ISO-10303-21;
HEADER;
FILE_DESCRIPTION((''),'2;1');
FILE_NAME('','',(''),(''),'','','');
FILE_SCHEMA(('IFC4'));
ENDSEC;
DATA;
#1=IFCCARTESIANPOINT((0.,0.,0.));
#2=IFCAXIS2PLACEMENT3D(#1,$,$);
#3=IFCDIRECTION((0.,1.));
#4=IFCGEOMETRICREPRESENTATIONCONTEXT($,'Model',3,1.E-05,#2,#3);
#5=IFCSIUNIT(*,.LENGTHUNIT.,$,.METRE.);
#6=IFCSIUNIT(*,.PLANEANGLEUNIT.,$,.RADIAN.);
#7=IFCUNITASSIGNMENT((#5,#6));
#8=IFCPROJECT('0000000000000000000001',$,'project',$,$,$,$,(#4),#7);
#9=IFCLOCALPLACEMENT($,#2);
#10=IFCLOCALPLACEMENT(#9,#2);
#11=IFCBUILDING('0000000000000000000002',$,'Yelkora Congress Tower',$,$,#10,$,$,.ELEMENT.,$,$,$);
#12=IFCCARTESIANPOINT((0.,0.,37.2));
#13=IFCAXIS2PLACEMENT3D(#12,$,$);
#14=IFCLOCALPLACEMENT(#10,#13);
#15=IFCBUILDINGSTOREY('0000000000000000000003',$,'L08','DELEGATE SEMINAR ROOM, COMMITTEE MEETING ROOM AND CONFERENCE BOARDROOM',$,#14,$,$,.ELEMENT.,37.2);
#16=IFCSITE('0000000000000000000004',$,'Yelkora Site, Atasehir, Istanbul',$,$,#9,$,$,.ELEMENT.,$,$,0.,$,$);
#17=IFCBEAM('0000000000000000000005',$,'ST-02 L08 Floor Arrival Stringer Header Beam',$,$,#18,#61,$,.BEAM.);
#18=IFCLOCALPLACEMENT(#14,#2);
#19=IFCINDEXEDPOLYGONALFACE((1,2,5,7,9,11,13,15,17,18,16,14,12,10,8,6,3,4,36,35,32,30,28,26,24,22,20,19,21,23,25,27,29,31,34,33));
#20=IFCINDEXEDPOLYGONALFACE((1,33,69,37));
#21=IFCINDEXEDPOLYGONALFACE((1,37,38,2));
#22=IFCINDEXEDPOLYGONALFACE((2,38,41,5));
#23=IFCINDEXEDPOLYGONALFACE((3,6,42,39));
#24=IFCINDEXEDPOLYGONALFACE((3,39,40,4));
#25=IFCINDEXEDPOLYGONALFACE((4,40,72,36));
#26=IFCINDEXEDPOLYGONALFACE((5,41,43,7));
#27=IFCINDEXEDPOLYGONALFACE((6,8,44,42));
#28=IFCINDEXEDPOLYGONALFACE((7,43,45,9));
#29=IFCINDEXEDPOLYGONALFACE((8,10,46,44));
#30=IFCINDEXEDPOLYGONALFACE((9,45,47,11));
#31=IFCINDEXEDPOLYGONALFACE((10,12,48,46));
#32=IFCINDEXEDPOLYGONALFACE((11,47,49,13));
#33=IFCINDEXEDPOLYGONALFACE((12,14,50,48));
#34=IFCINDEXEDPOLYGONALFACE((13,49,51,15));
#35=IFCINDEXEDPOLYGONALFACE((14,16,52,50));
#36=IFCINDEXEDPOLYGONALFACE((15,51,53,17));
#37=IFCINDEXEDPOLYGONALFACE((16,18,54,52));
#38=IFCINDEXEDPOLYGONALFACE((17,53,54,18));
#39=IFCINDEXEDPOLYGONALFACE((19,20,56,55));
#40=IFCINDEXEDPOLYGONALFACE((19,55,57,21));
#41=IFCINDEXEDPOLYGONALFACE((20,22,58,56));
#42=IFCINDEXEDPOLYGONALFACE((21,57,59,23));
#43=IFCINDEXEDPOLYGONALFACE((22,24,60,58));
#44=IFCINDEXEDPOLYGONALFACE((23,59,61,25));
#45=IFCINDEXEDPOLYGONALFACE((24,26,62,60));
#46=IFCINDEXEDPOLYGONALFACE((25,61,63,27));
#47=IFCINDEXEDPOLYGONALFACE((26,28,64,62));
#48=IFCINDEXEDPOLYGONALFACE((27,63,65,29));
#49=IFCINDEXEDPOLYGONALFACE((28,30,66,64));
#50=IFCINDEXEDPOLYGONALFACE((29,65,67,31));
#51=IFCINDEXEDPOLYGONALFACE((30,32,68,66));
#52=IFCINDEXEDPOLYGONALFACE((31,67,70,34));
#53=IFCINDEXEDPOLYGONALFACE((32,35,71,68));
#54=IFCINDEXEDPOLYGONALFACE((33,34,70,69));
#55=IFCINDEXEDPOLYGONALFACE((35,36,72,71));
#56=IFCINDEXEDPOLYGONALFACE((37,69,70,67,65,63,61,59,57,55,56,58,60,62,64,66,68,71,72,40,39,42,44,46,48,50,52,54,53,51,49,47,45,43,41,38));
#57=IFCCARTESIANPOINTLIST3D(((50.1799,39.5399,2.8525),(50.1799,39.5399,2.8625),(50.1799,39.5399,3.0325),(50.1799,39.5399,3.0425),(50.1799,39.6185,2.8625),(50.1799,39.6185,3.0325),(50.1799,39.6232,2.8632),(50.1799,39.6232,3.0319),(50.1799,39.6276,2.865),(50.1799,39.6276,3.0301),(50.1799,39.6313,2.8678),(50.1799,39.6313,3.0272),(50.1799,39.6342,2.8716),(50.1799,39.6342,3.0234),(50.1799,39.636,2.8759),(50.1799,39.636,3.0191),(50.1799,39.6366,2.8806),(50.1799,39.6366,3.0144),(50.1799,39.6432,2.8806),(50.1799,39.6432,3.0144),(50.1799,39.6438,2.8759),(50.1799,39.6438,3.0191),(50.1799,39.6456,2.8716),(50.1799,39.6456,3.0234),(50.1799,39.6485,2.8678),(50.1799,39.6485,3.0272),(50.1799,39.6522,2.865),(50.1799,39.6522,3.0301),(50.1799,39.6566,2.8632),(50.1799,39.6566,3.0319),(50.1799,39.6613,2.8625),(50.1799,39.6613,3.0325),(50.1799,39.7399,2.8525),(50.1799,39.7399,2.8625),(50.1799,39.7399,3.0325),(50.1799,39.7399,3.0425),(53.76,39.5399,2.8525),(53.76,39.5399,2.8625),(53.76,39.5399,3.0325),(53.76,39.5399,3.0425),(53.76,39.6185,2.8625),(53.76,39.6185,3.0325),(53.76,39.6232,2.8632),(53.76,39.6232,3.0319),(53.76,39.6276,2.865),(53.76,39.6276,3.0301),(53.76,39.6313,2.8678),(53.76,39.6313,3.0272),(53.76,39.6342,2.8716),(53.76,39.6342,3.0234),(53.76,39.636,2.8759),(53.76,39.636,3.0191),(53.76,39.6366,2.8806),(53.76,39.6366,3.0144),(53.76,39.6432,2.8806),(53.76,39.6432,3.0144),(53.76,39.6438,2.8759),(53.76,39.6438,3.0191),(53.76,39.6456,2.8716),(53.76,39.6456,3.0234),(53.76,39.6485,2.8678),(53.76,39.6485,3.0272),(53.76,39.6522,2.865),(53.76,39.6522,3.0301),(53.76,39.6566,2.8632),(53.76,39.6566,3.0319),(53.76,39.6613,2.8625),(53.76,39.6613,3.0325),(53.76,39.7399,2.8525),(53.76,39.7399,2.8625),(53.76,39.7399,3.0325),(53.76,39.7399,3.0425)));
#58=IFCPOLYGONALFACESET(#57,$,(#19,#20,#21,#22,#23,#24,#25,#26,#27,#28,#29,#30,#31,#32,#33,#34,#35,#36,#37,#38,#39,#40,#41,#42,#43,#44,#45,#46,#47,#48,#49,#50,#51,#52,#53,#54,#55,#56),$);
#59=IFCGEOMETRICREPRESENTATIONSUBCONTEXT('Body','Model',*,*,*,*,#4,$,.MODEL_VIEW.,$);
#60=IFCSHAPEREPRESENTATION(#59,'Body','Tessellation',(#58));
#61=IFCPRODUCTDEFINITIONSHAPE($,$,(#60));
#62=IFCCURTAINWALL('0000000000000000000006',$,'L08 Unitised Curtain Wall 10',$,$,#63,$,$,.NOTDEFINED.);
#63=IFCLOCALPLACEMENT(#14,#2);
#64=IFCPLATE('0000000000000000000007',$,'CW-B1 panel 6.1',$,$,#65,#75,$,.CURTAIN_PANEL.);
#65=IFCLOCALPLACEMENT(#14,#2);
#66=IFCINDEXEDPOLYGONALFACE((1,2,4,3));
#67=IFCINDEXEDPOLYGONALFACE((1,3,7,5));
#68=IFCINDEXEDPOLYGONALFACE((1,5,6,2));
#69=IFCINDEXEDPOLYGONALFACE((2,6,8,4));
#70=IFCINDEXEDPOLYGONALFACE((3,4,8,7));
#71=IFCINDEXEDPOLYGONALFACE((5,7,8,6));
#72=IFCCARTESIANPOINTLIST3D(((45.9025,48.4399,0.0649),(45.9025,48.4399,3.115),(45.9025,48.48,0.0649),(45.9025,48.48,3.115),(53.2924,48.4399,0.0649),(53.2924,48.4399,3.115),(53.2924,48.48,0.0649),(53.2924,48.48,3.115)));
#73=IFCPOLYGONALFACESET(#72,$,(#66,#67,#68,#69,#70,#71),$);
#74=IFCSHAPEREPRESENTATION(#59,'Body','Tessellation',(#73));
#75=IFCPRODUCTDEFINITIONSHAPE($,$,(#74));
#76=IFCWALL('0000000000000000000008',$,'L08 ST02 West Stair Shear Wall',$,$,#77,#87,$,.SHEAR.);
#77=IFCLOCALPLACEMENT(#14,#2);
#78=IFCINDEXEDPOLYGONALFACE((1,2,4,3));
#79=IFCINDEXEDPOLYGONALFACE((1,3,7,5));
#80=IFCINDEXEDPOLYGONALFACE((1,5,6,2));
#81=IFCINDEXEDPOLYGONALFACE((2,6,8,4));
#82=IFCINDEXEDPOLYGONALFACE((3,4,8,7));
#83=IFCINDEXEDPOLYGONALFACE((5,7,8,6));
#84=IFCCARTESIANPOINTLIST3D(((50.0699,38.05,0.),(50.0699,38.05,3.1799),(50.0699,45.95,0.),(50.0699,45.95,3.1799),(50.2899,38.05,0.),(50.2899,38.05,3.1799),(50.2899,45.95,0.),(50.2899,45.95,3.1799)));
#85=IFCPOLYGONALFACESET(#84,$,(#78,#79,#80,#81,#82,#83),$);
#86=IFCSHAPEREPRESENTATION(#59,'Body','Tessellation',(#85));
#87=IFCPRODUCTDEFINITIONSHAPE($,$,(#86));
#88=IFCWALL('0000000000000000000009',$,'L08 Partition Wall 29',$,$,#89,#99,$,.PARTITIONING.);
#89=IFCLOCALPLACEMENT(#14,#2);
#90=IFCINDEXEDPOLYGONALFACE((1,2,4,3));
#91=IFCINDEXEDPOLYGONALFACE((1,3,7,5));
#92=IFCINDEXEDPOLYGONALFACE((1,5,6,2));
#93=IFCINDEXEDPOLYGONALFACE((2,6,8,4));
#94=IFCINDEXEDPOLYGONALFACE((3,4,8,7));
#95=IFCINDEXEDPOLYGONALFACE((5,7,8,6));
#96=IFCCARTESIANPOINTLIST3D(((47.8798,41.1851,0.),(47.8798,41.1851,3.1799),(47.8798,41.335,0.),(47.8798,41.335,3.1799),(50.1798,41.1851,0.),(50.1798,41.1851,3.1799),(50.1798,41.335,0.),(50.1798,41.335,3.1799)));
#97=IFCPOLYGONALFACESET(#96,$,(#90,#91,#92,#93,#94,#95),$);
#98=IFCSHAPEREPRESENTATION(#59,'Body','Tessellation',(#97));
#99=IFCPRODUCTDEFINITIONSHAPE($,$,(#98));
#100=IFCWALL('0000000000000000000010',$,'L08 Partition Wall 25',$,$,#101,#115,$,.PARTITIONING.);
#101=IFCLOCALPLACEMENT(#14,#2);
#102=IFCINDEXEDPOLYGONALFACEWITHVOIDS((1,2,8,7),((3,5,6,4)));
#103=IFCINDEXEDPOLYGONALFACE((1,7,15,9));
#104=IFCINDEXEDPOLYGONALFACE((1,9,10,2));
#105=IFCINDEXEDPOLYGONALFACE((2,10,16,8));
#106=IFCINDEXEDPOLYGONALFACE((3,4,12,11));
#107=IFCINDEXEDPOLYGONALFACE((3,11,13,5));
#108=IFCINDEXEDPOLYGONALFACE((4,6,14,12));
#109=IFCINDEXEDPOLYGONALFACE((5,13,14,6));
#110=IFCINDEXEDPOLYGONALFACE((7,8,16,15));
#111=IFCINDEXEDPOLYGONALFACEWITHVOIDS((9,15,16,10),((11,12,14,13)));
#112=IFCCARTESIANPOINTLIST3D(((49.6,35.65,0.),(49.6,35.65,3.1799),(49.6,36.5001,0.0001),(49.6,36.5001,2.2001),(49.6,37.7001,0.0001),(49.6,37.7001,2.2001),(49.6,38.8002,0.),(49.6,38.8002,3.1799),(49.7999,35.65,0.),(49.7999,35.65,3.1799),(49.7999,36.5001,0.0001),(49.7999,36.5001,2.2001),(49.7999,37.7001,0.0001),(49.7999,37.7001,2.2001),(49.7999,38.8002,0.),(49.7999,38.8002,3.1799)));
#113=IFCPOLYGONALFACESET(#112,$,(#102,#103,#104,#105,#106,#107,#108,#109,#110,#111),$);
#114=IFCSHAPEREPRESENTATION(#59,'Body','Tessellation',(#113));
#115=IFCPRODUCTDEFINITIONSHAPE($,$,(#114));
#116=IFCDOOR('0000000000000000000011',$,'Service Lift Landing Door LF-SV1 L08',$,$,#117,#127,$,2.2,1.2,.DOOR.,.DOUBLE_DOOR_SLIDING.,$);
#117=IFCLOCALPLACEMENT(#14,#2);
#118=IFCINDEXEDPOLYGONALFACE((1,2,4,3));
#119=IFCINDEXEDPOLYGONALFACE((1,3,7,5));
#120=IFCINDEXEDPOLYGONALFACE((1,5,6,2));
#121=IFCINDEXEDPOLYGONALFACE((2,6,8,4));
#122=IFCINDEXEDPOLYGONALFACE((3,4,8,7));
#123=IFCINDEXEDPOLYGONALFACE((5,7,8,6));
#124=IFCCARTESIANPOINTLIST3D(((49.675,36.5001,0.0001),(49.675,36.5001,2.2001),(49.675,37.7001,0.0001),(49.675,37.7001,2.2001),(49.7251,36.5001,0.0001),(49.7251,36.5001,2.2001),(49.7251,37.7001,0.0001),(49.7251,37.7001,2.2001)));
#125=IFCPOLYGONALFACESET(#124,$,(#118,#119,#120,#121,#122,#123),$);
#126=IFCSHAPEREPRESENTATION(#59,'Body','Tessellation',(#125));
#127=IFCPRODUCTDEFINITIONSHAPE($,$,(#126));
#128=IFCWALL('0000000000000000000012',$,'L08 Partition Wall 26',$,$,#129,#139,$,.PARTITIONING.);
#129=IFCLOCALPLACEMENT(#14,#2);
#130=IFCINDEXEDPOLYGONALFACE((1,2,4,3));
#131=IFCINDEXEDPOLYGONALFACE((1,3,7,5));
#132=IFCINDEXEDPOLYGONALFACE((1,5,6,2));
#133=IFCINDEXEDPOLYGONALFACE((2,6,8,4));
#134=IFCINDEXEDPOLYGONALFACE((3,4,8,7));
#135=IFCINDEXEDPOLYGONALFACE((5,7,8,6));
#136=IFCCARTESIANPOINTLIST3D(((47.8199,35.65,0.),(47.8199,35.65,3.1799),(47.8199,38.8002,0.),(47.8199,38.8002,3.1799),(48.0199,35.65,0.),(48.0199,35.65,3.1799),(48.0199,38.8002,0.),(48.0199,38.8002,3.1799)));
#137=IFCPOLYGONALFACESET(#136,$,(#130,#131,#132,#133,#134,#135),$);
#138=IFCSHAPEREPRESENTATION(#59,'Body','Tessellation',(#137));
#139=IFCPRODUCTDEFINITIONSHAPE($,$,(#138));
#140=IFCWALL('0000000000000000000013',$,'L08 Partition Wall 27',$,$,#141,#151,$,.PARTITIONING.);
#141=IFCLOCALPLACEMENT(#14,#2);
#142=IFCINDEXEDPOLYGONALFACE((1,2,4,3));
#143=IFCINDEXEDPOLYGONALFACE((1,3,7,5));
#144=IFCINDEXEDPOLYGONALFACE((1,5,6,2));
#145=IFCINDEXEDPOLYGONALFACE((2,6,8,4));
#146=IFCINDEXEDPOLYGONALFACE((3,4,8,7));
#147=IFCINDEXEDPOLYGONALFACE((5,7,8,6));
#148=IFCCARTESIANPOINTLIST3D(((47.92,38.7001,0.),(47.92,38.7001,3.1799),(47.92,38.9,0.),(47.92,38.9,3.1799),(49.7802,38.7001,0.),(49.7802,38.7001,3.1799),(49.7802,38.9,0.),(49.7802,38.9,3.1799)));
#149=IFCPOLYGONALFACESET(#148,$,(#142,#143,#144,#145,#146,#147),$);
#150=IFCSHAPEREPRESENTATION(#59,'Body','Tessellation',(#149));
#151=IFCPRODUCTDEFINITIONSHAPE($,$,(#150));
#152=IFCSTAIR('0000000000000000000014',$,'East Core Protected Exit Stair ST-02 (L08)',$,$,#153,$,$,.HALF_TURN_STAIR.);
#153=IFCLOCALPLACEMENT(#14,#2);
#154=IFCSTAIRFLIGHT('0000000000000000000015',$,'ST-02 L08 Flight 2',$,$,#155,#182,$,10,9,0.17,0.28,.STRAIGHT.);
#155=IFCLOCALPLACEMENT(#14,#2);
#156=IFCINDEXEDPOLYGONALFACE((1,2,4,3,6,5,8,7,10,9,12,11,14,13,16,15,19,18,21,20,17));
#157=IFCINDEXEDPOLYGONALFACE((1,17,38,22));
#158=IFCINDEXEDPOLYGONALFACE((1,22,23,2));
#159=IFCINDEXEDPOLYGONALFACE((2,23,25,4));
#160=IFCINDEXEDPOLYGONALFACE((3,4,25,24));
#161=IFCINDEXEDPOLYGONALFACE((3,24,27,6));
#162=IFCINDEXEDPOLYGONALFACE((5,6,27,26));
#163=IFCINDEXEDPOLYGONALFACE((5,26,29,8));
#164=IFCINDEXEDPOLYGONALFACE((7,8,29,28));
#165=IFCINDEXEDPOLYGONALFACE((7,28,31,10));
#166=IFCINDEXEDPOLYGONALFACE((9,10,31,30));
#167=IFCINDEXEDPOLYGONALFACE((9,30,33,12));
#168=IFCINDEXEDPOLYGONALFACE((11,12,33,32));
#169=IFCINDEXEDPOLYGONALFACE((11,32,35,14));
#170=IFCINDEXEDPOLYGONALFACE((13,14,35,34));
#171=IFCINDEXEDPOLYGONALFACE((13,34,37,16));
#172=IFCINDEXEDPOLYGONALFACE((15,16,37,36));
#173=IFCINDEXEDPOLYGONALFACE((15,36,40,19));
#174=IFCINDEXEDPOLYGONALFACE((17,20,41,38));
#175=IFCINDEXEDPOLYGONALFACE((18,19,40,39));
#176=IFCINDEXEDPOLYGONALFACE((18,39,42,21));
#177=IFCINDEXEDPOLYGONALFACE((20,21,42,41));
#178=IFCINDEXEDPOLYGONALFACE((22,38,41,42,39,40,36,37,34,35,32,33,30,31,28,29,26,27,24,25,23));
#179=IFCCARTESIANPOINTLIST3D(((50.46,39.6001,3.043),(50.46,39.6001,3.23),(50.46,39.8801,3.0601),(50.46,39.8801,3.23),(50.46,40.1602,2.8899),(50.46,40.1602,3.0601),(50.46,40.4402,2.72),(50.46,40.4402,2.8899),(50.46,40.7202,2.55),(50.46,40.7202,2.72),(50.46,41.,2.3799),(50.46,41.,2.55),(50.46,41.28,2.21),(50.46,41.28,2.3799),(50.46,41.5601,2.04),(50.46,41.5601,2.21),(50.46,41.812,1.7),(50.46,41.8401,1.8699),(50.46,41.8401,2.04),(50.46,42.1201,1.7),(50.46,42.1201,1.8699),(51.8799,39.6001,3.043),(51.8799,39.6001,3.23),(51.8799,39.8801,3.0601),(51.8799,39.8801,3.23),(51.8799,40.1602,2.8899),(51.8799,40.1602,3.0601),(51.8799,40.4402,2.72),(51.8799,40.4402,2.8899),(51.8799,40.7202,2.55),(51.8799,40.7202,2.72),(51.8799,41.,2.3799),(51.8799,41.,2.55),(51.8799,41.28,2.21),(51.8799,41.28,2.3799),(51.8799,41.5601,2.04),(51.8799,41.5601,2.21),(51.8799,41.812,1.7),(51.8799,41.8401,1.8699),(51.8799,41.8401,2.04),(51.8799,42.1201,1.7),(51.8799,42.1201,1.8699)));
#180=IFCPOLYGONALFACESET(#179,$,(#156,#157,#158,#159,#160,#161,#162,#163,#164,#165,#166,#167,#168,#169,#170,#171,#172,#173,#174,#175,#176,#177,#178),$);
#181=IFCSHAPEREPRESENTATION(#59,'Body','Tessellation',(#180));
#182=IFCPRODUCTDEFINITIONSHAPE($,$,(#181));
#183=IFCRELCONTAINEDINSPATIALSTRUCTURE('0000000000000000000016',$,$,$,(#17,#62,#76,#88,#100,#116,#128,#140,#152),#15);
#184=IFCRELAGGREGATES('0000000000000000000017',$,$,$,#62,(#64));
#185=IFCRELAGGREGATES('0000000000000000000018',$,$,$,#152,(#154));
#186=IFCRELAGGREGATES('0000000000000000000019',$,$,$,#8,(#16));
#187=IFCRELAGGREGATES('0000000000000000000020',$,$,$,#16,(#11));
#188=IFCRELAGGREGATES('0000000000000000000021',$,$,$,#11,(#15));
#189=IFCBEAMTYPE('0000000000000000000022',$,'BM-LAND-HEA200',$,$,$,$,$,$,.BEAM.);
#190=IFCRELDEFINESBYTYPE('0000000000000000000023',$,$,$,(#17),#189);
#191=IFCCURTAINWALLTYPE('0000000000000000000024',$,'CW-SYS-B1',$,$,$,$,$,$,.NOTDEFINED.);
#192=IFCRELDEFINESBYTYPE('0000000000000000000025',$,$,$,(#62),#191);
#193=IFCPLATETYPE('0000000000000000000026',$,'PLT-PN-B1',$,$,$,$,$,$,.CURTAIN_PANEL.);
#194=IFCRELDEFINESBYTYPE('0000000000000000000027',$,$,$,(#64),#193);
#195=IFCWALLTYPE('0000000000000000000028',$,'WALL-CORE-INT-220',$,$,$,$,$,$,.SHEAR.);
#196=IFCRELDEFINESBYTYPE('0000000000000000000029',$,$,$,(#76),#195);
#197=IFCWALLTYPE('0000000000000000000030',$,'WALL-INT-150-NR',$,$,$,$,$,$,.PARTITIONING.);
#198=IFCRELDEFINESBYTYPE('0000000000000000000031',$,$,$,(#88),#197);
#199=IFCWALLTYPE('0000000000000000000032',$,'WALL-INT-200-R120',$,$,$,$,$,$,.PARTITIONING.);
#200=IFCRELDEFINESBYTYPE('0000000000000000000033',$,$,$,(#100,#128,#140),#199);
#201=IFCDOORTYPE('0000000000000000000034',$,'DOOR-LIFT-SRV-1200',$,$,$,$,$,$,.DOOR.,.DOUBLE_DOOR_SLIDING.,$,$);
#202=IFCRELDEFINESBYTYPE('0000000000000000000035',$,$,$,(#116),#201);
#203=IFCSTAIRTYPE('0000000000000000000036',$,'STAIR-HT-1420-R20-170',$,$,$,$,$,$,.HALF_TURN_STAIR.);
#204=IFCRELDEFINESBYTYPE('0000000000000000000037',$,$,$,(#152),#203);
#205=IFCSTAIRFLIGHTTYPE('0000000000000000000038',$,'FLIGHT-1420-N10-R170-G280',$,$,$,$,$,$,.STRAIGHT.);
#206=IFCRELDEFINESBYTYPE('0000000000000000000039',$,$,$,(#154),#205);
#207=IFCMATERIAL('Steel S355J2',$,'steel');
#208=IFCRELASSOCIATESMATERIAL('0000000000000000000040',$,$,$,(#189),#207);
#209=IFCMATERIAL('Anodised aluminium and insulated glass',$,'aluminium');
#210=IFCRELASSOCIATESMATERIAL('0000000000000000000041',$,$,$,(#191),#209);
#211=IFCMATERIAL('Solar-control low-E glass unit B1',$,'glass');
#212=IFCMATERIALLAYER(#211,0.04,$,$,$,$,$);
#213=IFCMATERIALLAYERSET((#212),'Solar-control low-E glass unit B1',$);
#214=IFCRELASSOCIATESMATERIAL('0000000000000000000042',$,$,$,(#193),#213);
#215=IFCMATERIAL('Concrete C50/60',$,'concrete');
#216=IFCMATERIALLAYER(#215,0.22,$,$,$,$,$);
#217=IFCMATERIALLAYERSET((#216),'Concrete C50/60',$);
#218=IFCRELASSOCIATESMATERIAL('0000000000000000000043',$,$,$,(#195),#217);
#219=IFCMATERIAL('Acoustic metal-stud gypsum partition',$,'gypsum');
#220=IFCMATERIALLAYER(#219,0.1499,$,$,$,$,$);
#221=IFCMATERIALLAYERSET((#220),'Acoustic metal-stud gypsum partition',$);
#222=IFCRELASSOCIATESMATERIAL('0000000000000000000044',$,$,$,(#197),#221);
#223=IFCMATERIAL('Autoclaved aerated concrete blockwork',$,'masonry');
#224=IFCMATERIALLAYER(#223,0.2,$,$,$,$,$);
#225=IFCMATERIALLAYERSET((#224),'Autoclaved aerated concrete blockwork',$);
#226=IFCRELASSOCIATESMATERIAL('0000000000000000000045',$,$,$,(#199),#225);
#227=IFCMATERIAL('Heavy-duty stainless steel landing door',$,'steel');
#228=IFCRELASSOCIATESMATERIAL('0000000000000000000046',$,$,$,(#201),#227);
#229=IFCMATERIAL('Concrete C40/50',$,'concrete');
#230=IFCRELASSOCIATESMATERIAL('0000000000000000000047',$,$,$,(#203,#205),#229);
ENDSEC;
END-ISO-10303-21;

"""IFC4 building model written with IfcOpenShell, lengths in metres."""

from ifc_helpers import new_model, si_unit, direction, frame, frame_2d, origin, origin_2d, place, context, subcontext, project, spatial, polyline, rectangle, i_section, outline, extrude, material, layer, layer_set, material_profile, profile_set, type_object, element, fill, aggregate, save


model = new_model("IFC4")

# Units and contexts
model_context = context("Model", 3, precision=1e-05, world=origin(), true_north=direction((0.0, 1.0)))
body_context = subcontext(model_context, "Body", "Model", "MODEL_VIEW")
ifc_project = project(units=[si_unit("LENGTHUNIT", "METRE"), si_unit("PLANEANGLEUNIT", "RADIAN")], contexts=[model_context])

# Site, building, storey
site_placement = place(None, origin())
site = spatial("IfcSite", under=ifc_project, at=site_placement, Name="Yelkora Site, Atasehir, Istanbul", CompositionType="ELEMENT", RefElevation=0.0)
building_placement = place(site_placement, origin())
building = spatial("IfcBuilding", under=site, at=building_placement, Name="Yelkora Congress Tower", CompositionType="ELEMENT")
storey_placement = place(building_placement, frame((0.0, 0.0, 37.2)))
storey = spatial("IfcBuildingStorey", under=building, at=storey_placement, Name="L08", Description="DELEGATE SEMINAR ROOM, COMMITTEE MEETING ROOM AND CONFERENCE BOARDROOM", CompositionType="ELEMENT", Elevation=37.2)

# Beam
ifc_material_1 = material(Name="Steel S355J2", Category="steel")
ifc_material_profile_1 = material_profile(ifc_material_1, i_section(OverallWidth=0.2, OverallDepth=0.1899, WebThickness=0.0066, FlangeThickness=0.01, FilletRadius=0.0181, at=origin_2d()), Name="HEA 200")
ifc_profile_set_1 = profile_set([ifc_material_profile_1], Name="Steel S355J2")
beam_type = type_object("IfcBeamType", Name="BM-LAND-HEA200", PredefinedType="BEAM", material=ifc_profile_set_1)
beam_1_placement = place(storey_placement, frame((50.1799, 39.6399, 2.9475), z_axis=(1.0, 0.0, 0.0), x_axis=(0.0, 1.0, 0.0)))
element("IfcBeam", 1, at=beam_1_placement, inside=storey, type_object=beam_type, Name="ST-02 L08 Floor Arrival Stringer Header Beam", PredefinedType="BEAM", context=body_context, shape_type="SweptSolid", body=[
    extrude(i_section(OverallWidth=0.2, OverallDepth=0.1899, WebThickness=0.0066, FlangeThickness=0.01, FilletRadius=0.0181, at=origin_2d()), origin(), (0.0, 0.0, 1.0), 3.5801),
])

# Curtain wall, plate
ifc_material_2 = material(Name="Anodised aluminium and insulated glass", Category="aluminium")
curtain_wall_type = type_object("IfcCurtainWallType", Name="CW-SYS-B1", PredefinedType="NOTDEFINED", material=ifc_material_2)
curtain_wall_placement = place(storey_placement, origin())
curtain_wall = element("IfcCurtainWall", 2, at=curtain_wall_placement, inside=storey, type_object=curtain_wall_type, Name="L08 Unitised Curtain Wall 10", PredefinedType="NOTDEFINED")
ifc_material_3 = material(Name="Solar-control low-E glass unit B1", Category="glass")
ifc_layer_1 = layer(ifc_material_3, 0.04)
ifc_layer_set_1 = layer_set([ifc_layer_1], Name="Solar-control low-E glass unit B1")
plate_type = type_object("IfcPlateType", Name="PLT-PN-B1", PredefinedType="CURTAIN_PANEL", material=ifc_layer_set_1)
plate_placement = place(storey_placement, frame((49.5974, 48.46, 0.0649), z_axis=(0.0, 0.0, 1.0), x_axis=(1.0, 0.0, 0.0)))
plate = element("IfcPlate", 3, at=plate_placement, type_object=plate_type, Name="CW-B1 panel 6.1", PredefinedType="CURTAIN_PANEL", context=body_context, shape_type="SweptSolid", body=[
    extrude(rectangle(XDim=7.3899, YDim=0.04, at=origin_2d()), origin(), (0.0, 0.0, 1.0), 3.05),
])
aggregate(curtain_wall, [plate])

# Walls
ifc_material_4 = material(Name="Concrete C50/60", Category="concrete")
ifc_layer_2 = layer(ifc_material_4, 0.22)
ifc_layer_set_2 = layer_set([ifc_layer_2], Name="Concrete C50/60")
wall_type_1 = type_object("IfcWallType", Name="WALL-CORE-INT-220", PredefinedType="SHEAR", material=ifc_layer_set_2)
wall_1_placement = place(storey_placement, frame((50.1799, 38.05, 0.0), z_axis=(0.0, 0.0, 1.0), x_axis=(0.0, 1.0, 0.0)))
element("IfcWall", 4, at=wall_1_placement, inside=storey, type_object=wall_type_1, Name="L08 ST02 West Stair Shear Wall", PredefinedType="SHEAR", context=body_context, shape_type="SweptSolid", body=[
    extrude(rectangle(XDim=7.8999, YDim=0.22, at=frame_2d((3.95, 0.0))), origin(), (0.0, 0.0, 1.0), 3.1799),
])
ifc_material_5 = material(Name="Acoustic metal-stud gypsum partition", Category="gypsum")
ifc_layer_3 = layer(ifc_material_5, 0.1499)
ifc_layer_set_3 = layer_set([ifc_layer_3], Name="Acoustic metal-stud gypsum partition")
wall_type_2 = type_object("IfcWallType", Name="WALL-INT-150-NR", PredefinedType="PARTITIONING", material=ifc_layer_set_3)
wall_2_placement = place(storey_placement, frame((47.8799, 41.26, 0.0), z_axis=(0.0, 0.0, 1.0), x_axis=(1.0, 0.0, 0.0)))
element("IfcWall", 5, at=wall_2_placement, inside=storey, type_object=wall_type_2, Name="L08 Partition Wall 29", PredefinedType="PARTITIONING", context=body_context, shape_type="SweptSolid", body=[
    extrude(rectangle(XDim=2.3, YDim=0.1499, at=frame_2d((1.1499, 0.0))), origin(), (0.0, 0.0, 1.0), 3.1799),
])

# Wall, opening, door
ifc_material_6 = material(Name="Autoclaved aerated concrete blockwork", Category="masonry")
ifc_layer_4 = layer(ifc_material_6, 0.2)
ifc_layer_set_4 = layer_set([ifc_layer_4], Name="Autoclaved aerated concrete blockwork")
wall_type_3 = type_object("IfcWallType", Name="WALL-INT-200-R120", PredefinedType="PARTITIONING", material=ifc_layer_set_4)
wall_3_placement = place(storey_placement, frame((49.7, 35.6499, 0.0), z_axis=(0.0, 0.0, 1.0), x_axis=(0.0, 1.0, 0.0)))
wall_3 = element("IfcWall", 6, at=wall_3_placement, inside=storey, type_object=wall_type_3, Name="L08 Partition Wall 25", PredefinedType="PARTITIONING", context=body_context, shape_type="SweptSolid", body=[
    extrude(rectangle(XDim=3.1501, YDim=0.2, at=frame_2d((1.5752, 0.0))), origin(), (0.0, 0.0, 1.0), 3.1799),
])
opening_1_placement = place(wall_3_placement, frame((0.8501, 0.0, 0.0)))
opening_1 = element("IfcOpeningElement", 7, at=opening_1_placement, cuts=wall_3, PredefinedType="OPENING", context=body_context, shape_type="SweptSolid", body=[
    extrude(rectangle(XDim=1.2, YDim=2.2, at=frame_2d((0.6001, 1.1001))), frame((0.0, 0.1099, 0.0), z_axis=(0.0, -1.0, 0.0), x_axis=(1.0, 0.0, 0.0)), (0.0, 0.0, 1.0), 0.22),
])
ifc_material_7 = material(Name="Heavy-duty stainless steel landing door", Category="steel")
door_type_1 = type_object("IfcDoorType", Name="DOOR-LIFT-SRV-1200", OperationType="DOUBLE_DOOR_SLIDING", PredefinedType="DOOR", material=ifc_material_7)
door_1_placement = place(opening_1_placement, origin())
door_1 = element("IfcDoor", 8, at=door_1_placement, inside=storey, type_object=door_type_1, Name="Service Lift Landing Door LF-SV1 L08", OperationType="DOUBLE_DOOR_SLIDING", OverallHeight=2.2, OverallWidth=1.2, PredefinedType="DOOR", context=body_context, shape_type="SweptSolid", body=[
    extrude(rectangle(XDim=1.2, YDim=2.2, at=frame_2d((0.6001, 1.1001))), frame((0.0, 0.0249, 0.0), z_axis=(0.0, -1.0, 0.0), x_axis=(1.0, 0.0, 0.0)), (0.0, 0.0, 1.0), 0.05),
])
fill(opening_1, door_1)

# Walls
wall_4_placement = place(storey_placement, frame((47.9199, 35.6499, 0.0), z_axis=(0.0, 0.0, 1.0), x_axis=(0.0, 1.0, 0.0)))
element("IfcWall", 9, at=wall_4_placement, inside=storey, type_object=wall_type_3, Name="L08 Partition Wall 26", PredefinedType="PARTITIONING", context=body_context, shape_type="SweptSolid", body=[
    extrude(rectangle(XDim=3.1501, YDim=0.2, at=frame_2d((1.5752, 0.0))), origin(), (0.0, 0.0, 1.0), 3.1799),
])
wall_5_placement = place(storey_placement, frame((47.9199, 38.8, 0.0), z_axis=(0.0, 0.0, 1.0), x_axis=(1.0, 0.0, 0.0)))
element("IfcWall", 10, at=wall_5_placement, inside=storey, type_object=wall_type_3, Name="L08 Partition Wall 27", PredefinedType="PARTITIONING", context=body_context, shape_type="SweptSolid", body=[
    extrude(rectangle(XDim=1.8601, YDim=0.2, at=frame_2d((0.9302, 0.0))), origin(), (0.0, 0.0, 1.0), 3.1799),
])

# Stair, stair flight
ifc_material_8 = material(Name="Concrete C40/50", Category="concrete")
stair_type = type_object("IfcStairType", Name="STAIR-HT-1420-R20-170", PredefinedType="HALF_TURN_STAIR", material=ifc_material_8)
stair_placement = place(storey_placement, origin())
stair = element("IfcStair", 11, at=stair_placement, inside=storey, type_object=stair_type, Name="East Core Protected Exit Stair ST-02 (L08)", PredefinedType="HALF_TURN_STAIR")
stair_flight_type = type_object("IfcStairFlightType", Name="FLIGHT-1420-N10-R170-G280", PredefinedType="STRAIGHT", material=ifc_material_8)
stair_flight_placement = place(storey_placement, frame((51.1699, 42.1201, 1.7), z_axis=(0.0, 0.0, 1.0), x_axis=(0.0, -1.0, 0.0)))
stair_flight = element("IfcStairFlight", 12, at=stair_flight_placement, type_object=stair_flight_type, Name="ST-02 L08 Flight 2", NumberOfRisers=10, NumberOfTreads=9, PredefinedType="STRAIGHT", RiserHeight=0.17, TreadLength=0.28, context=body_context, shape_type="SweptSolid", body=[
    extrude(outline(polyline([(0.0, 0.0), (0.0, 0.1699), (0.28, 0.1699), (0.28, 0.3401), (0.5601, 0.3401), (0.5601, 0.51), (0.8401, 0.51), (0.8401, 0.6799), (1.1201, 0.6799), (1.1201, 0.8501), (1.3999, 0.8501), (1.3999, 1.02), (1.6799, 1.02), (1.6799, 1.1899), (1.96, 1.1899), (1.96, 1.3601), (2.24, 1.3601), (2.24, 1.53), (2.52, 1.53), (2.52, 1.7), (2.52, 1.343), (0.3081, 0.0), (0.0, 0.0)])), frame((0.0, 0.71, 0.0), z_axis=(0.0, -1.0, 0.0), x_axis=(1.0, 0.0, 0.0)), (0.0, 0.0, 1.0), 1.4199),
])
aggregate(stair, [stair_flight])

save(model, "model.ifc")
